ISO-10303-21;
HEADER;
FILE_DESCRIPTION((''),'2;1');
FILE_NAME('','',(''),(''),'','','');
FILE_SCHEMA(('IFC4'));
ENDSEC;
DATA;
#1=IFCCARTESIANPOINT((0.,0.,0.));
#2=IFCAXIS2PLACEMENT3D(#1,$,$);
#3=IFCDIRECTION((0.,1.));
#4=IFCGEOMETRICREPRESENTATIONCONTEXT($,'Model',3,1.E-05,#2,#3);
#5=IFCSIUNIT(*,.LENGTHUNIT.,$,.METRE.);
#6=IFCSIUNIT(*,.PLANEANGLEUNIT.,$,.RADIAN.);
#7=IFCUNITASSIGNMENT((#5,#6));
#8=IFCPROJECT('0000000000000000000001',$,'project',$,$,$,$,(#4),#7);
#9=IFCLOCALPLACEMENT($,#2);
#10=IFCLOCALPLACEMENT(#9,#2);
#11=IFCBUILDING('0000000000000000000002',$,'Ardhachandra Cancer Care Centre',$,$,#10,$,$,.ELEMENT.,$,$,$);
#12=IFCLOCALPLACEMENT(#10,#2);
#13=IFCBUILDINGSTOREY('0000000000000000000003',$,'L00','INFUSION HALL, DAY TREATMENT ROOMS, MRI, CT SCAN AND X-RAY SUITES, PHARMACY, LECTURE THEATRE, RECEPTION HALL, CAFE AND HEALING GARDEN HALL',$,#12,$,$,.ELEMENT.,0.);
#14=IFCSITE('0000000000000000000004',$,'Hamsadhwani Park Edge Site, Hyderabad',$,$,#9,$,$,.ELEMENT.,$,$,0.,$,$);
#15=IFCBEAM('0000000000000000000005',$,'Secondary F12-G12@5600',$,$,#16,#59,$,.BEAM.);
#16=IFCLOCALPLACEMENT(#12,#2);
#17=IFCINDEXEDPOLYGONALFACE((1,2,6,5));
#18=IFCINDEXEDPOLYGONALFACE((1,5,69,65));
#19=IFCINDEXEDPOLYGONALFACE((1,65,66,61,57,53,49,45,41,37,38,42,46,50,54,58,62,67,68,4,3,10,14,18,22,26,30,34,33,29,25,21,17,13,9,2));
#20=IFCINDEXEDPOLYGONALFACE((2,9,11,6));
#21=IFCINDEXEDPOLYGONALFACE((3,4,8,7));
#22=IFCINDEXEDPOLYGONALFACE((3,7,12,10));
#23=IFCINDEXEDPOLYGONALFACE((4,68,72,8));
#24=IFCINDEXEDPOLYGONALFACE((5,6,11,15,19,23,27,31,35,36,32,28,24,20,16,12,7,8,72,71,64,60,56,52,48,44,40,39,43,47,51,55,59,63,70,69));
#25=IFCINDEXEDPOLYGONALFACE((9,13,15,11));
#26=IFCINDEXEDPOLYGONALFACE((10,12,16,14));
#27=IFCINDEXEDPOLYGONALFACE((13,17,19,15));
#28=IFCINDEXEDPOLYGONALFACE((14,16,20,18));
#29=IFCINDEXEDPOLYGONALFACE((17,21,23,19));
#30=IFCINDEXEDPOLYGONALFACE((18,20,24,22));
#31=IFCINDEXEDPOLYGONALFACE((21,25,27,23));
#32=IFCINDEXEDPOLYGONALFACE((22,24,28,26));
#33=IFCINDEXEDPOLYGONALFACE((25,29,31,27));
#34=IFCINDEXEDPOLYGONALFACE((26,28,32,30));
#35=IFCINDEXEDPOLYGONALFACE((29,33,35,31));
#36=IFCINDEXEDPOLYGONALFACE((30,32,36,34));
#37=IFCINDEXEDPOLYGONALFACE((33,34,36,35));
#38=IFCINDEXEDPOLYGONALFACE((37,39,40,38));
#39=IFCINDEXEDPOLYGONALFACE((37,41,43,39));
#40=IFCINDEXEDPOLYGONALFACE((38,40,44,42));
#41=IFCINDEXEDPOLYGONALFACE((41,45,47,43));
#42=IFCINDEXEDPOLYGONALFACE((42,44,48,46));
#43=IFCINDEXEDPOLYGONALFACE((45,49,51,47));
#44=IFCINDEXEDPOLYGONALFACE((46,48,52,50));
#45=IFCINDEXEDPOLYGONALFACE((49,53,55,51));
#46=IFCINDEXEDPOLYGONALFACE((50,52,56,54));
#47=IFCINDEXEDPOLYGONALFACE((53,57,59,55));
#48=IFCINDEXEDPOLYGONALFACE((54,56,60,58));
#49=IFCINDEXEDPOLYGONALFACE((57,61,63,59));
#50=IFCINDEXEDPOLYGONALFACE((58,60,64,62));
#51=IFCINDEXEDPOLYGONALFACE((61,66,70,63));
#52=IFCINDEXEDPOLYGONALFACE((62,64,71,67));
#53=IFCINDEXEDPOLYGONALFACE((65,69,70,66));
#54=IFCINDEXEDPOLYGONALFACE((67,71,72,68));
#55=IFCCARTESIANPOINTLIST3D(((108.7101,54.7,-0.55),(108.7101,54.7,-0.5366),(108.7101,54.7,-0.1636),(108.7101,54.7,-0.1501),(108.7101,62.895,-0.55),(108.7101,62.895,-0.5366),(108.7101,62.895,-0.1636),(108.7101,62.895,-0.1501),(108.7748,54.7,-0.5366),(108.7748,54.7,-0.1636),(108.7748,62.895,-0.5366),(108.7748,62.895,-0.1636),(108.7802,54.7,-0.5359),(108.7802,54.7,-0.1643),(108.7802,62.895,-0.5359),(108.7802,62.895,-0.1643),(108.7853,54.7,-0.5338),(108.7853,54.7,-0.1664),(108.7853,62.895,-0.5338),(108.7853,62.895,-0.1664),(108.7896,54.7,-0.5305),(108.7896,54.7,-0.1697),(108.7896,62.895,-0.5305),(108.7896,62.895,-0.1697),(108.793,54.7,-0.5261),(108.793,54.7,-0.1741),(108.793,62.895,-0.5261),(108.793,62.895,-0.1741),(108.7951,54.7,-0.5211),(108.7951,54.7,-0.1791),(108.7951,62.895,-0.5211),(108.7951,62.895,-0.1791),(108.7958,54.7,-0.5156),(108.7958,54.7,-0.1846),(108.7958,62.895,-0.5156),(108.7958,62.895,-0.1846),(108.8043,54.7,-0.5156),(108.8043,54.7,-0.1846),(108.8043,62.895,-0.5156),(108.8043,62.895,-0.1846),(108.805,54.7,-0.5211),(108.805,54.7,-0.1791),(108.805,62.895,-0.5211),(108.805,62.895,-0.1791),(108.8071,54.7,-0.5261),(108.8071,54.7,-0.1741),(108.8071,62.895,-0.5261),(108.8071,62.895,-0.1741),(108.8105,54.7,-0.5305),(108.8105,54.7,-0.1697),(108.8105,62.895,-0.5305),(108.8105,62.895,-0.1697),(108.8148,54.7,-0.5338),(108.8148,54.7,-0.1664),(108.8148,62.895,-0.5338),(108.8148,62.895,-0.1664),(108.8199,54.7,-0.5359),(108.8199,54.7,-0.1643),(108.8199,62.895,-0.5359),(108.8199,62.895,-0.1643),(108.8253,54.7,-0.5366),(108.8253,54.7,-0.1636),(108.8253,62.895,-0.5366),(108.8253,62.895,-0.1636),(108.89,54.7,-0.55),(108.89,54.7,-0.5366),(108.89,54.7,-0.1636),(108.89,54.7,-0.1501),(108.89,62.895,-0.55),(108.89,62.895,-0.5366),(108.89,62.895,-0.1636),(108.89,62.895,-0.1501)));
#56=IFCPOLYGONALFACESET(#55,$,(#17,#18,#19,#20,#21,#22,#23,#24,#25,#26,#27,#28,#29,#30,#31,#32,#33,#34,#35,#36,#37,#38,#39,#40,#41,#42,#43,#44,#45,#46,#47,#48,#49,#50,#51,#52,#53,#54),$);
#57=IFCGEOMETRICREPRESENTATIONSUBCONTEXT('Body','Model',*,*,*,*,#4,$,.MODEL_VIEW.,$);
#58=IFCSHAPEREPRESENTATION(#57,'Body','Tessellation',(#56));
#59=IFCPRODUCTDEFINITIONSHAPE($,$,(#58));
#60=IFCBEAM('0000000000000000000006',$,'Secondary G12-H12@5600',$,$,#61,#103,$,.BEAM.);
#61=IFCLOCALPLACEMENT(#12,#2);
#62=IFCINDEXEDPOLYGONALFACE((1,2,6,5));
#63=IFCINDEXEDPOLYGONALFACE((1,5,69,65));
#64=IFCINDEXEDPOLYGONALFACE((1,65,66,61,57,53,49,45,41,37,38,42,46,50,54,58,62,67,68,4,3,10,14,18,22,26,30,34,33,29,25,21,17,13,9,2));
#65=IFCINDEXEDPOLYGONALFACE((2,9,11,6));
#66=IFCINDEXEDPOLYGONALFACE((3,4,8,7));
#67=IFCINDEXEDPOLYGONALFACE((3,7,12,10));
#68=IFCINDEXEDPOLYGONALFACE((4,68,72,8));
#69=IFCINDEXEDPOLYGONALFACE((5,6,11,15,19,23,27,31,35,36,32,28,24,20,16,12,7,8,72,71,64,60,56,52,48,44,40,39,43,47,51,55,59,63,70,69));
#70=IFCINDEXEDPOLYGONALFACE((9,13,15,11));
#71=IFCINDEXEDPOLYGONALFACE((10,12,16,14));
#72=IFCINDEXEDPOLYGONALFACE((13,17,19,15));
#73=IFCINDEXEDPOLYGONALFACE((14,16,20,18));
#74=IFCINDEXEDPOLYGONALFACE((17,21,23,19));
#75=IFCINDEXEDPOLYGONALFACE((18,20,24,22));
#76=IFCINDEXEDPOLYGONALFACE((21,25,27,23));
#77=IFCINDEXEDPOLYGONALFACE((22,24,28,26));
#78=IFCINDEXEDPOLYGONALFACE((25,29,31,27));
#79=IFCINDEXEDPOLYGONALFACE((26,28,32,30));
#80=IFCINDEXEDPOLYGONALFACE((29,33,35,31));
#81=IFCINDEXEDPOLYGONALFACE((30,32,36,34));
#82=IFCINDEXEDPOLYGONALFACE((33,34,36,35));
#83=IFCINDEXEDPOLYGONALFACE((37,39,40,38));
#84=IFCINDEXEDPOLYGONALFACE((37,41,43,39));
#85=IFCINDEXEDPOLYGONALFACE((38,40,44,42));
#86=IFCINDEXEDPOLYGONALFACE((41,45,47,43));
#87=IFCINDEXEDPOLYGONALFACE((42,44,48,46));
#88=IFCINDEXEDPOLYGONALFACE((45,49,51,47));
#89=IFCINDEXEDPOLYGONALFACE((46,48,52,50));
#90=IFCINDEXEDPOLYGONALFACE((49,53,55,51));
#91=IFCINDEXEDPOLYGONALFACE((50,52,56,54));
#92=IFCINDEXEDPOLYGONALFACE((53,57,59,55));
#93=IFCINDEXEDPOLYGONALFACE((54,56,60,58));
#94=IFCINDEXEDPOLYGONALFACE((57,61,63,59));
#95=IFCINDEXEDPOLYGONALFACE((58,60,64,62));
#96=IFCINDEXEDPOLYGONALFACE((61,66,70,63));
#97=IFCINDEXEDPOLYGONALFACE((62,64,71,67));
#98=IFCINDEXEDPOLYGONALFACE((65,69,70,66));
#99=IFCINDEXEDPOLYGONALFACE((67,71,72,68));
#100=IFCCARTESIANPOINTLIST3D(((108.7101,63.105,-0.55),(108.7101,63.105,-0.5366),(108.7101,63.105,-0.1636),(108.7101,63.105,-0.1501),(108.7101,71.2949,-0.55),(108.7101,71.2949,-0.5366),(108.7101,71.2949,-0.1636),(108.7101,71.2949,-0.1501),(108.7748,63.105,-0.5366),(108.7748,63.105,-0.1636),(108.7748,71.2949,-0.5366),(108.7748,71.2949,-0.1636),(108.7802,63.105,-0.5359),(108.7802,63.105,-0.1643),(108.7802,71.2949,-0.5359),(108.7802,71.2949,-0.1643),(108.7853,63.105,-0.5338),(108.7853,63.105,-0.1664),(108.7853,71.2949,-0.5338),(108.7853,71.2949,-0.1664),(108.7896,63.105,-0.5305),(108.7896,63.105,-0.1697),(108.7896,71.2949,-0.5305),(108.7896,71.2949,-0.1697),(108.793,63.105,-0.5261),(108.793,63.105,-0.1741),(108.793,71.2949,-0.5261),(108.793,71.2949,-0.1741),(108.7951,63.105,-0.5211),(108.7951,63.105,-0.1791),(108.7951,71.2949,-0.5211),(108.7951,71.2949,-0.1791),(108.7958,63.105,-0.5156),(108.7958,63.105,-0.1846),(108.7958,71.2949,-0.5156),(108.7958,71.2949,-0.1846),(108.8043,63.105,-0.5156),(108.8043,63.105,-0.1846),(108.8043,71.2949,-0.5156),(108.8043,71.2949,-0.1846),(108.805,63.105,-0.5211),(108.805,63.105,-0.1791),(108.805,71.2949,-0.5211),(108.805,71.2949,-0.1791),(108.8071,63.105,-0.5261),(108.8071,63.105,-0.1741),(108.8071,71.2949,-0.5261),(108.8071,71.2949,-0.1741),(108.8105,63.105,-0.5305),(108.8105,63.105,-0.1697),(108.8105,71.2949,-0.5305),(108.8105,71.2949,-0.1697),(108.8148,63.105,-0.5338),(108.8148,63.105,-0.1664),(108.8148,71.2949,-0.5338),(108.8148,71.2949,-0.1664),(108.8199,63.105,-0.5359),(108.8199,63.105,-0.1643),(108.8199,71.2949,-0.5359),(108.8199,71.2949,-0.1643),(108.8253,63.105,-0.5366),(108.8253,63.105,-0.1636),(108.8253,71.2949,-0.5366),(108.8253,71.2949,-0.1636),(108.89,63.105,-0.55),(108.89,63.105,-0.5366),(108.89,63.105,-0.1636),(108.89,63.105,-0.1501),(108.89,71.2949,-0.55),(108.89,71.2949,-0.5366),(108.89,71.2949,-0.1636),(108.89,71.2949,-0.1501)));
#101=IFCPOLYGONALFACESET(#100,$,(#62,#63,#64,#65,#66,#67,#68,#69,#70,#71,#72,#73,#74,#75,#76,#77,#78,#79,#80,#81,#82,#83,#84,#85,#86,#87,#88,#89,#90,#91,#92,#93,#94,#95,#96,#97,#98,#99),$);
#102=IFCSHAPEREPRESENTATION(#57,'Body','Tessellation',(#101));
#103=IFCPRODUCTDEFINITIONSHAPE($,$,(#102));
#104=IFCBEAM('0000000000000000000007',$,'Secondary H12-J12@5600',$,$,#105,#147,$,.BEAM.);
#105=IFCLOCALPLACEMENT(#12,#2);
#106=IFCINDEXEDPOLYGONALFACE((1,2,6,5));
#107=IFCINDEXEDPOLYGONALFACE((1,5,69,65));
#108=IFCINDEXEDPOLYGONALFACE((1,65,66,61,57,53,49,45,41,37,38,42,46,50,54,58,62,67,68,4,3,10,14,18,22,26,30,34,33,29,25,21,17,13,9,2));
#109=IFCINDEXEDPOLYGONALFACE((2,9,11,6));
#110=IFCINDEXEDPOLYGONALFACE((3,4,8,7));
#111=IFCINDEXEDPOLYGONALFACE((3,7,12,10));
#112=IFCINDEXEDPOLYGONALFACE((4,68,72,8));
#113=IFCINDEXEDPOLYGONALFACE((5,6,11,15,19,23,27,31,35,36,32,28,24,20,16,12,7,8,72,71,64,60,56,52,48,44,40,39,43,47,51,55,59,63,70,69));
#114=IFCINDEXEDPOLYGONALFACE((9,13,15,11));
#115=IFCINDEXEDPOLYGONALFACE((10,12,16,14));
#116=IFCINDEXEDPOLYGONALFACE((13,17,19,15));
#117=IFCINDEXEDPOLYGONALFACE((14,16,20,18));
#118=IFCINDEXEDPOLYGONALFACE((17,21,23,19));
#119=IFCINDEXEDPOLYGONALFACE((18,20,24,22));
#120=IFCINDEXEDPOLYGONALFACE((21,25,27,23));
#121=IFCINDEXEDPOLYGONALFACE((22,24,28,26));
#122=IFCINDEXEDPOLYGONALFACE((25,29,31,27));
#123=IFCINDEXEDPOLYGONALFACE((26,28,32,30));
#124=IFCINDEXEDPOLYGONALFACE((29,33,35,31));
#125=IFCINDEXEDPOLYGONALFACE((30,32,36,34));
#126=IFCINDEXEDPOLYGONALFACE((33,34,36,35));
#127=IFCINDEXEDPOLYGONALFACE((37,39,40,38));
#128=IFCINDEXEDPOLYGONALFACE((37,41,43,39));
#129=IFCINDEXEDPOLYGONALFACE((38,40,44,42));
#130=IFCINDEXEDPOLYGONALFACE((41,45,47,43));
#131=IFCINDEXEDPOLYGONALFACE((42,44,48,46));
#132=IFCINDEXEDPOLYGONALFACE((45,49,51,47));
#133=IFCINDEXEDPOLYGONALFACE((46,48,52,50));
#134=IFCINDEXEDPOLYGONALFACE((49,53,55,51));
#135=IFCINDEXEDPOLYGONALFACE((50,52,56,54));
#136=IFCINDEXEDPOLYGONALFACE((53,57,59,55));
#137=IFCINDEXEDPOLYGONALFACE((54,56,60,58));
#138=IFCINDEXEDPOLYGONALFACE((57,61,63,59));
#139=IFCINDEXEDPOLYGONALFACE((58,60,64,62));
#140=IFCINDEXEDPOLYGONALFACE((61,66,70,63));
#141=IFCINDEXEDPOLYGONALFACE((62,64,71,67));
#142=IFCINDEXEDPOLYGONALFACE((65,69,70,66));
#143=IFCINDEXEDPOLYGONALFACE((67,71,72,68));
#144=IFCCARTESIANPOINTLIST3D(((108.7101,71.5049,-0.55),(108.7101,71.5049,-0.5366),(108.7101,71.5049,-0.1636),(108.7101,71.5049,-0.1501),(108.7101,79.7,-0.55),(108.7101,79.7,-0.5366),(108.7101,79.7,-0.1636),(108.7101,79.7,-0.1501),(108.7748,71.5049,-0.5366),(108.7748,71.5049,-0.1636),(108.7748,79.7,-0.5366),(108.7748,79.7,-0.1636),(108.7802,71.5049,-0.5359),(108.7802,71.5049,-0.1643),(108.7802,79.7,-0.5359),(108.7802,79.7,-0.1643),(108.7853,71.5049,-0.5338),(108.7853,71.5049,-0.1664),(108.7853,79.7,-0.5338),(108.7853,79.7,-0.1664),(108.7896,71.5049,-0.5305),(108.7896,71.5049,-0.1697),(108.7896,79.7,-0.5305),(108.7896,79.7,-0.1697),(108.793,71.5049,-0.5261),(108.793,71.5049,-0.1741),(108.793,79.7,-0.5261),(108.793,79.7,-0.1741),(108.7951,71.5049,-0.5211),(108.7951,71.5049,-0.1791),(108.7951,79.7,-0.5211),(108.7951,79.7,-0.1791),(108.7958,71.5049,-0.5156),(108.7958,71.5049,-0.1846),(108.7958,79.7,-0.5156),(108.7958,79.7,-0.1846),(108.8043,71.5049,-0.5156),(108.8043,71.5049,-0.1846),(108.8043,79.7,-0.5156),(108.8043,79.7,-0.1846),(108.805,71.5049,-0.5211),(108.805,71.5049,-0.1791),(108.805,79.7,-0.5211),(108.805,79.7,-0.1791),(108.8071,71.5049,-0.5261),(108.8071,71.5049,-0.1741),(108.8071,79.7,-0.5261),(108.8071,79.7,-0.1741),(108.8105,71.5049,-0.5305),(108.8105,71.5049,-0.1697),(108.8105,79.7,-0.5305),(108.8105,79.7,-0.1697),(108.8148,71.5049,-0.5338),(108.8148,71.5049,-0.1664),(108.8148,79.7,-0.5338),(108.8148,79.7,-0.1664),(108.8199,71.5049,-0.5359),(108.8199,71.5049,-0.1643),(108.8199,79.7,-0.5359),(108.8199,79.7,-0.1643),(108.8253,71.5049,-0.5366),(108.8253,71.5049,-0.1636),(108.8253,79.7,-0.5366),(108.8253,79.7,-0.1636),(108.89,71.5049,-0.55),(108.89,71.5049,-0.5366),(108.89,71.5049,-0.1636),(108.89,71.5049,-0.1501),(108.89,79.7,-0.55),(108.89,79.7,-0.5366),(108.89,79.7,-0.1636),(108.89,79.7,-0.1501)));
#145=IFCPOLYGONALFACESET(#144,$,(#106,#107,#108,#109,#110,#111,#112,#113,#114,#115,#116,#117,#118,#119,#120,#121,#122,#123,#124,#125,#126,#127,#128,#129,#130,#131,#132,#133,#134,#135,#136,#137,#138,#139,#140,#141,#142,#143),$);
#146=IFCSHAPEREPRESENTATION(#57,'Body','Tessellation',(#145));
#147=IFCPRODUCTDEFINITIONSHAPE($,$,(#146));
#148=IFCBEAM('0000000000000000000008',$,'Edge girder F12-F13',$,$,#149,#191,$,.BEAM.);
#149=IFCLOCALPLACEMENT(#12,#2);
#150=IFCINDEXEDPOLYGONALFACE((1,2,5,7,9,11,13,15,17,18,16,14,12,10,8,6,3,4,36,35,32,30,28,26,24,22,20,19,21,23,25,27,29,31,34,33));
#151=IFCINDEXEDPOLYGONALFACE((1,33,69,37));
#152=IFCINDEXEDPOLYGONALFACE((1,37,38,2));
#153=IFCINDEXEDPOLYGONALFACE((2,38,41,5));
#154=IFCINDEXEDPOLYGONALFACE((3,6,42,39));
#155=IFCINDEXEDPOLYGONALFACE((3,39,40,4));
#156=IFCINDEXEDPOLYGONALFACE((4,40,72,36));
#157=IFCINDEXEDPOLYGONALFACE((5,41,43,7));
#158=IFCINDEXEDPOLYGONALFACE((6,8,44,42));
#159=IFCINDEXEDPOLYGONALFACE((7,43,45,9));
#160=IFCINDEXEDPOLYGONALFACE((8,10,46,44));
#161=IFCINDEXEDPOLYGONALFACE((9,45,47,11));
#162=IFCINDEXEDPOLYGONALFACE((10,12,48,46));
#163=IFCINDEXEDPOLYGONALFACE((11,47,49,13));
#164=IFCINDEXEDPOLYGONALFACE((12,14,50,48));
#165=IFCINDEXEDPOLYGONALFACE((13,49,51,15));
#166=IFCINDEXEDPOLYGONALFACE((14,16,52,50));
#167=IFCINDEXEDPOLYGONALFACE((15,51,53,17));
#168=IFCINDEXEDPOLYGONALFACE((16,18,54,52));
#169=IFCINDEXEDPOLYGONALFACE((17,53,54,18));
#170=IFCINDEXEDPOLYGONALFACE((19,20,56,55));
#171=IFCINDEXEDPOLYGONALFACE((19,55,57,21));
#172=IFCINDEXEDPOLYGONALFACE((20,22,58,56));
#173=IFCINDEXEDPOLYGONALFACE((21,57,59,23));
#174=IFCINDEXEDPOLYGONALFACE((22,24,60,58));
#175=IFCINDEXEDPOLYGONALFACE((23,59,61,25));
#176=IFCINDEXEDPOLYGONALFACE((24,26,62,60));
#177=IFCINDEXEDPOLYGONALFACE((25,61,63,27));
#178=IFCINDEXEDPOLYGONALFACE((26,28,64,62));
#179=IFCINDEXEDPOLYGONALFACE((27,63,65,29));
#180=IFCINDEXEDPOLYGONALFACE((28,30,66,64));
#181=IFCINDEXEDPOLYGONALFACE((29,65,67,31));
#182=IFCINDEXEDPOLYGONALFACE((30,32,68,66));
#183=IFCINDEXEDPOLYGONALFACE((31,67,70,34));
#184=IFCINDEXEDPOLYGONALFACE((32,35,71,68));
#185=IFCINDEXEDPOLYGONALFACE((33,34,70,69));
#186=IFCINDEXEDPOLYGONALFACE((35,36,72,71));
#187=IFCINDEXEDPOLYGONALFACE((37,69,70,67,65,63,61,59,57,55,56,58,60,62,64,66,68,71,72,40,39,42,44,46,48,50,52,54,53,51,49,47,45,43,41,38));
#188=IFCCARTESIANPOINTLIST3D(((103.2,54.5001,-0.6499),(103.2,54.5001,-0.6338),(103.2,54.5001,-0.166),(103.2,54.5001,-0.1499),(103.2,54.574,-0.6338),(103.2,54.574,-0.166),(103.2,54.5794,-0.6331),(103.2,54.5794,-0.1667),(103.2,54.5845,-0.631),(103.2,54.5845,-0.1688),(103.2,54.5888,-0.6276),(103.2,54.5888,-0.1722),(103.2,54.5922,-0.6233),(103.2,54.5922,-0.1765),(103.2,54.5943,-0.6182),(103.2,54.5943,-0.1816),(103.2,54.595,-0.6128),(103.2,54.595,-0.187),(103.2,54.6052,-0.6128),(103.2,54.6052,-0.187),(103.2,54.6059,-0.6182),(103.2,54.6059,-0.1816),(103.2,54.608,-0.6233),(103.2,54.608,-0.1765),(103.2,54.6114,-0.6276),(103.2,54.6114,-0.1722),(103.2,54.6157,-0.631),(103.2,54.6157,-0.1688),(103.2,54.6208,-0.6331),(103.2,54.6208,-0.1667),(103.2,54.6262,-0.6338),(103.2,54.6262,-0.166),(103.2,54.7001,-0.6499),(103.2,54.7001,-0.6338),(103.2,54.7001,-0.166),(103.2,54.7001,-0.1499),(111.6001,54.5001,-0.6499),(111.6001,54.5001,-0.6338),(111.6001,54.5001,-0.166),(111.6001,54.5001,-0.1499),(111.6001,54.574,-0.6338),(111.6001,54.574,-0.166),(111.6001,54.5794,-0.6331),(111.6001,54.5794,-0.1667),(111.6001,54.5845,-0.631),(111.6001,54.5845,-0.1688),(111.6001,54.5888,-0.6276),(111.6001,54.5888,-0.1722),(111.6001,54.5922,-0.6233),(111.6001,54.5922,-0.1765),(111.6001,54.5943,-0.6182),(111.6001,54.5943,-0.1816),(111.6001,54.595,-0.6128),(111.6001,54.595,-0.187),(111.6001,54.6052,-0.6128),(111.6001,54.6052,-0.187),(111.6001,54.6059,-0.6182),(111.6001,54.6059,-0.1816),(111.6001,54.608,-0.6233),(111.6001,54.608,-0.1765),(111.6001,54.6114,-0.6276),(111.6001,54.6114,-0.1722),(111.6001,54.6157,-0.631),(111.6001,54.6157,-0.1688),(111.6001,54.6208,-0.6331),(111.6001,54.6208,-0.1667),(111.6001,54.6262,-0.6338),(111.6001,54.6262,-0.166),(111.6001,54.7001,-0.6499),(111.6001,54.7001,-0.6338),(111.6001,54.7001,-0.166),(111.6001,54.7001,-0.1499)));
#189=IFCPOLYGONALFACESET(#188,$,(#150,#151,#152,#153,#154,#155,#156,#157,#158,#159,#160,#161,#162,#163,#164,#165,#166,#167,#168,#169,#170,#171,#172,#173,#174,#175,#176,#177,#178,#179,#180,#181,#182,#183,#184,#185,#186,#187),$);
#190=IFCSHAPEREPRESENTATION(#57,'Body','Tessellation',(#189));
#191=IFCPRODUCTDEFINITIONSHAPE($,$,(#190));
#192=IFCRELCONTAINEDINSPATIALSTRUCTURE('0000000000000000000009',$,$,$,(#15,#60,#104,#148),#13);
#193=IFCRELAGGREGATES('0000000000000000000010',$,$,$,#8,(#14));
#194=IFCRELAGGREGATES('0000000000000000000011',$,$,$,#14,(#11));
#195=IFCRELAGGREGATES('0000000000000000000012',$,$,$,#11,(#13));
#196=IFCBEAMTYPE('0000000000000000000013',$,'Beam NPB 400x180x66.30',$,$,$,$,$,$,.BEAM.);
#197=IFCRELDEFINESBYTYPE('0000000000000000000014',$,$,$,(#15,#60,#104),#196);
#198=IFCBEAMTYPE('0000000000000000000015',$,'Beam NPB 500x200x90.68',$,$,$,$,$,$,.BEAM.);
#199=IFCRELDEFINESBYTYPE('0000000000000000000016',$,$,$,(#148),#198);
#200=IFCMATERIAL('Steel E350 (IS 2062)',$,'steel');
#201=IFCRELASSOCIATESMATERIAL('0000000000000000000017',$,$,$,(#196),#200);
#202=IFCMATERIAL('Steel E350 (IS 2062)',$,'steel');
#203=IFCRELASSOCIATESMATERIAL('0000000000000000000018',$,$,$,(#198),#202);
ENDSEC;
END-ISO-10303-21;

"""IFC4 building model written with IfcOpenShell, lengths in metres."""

from ifc_helpers import new_model, si_unit, direction, frame, origin, origin_2d, place, context, subcontext, project, spatial, i_section, extrude, material, material_profile, profile_set, type_object, element, save


model = new_model("IFC4")

# Units and contexts
model_context = context("Model", 3, precision=1e-05, world=origin(), true_north=direction((0.0, 1.0)))
body_context = subcontext(model_context, "Body", "Model", "MODEL_VIEW")
ifc_project = project(units=[si_unit("LENGTHUNIT", "METRE"), si_unit("PLANEANGLEUNIT", "RADIAN")], contexts=[model_context])

# Site, building, storey
site_placement = place(None, origin())
site = spatial("IfcSite", under=ifc_project, at=site_placement, Name="Hamsadhwani Park Edge Site, Hyderabad", CompositionType="ELEMENT", RefElevation=0.0)
building_placement = place(site_placement, origin())
building = spatial("IfcBuilding", under=site, at=building_placement, Name="Ardhachandra Cancer Care Centre", CompositionType="ELEMENT")
storey_placement = place(building_placement, origin())
storey = spatial("IfcBuildingStorey", under=building, at=storey_placement, Name="L00", Description="INFUSION HALL, DAY TREATMENT ROOMS, MRI, CT SCAN AND X-RAY SUITES, PHARMACY, LECTURE THEATRE, RECEPTION HALL, CAFE AND HEALING GARDEN HALL", CompositionType="ELEMENT", Elevation=0.0)

# Beams
ifc_material_1 = material(Name="Steel E350 (IS 2062)", Category="steel")
ifc_material_profile_1 = material_profile(ifc_material_1, i_section(OverallWidth=0.1799, OverallDepth=0.3999, WebThickness=0.0085, FlangeThickness=0.0134, FilletRadius=0.021, at=origin_2d()), Name="NPB 400x180x66.30")
ifc_profile_set_1 = profile_set([ifc_material_profile_1], Name="Steel E350 (IS 2062)")
beam_type_1 = type_object("IfcBeamType", Name="Beam NPB 400x180x66.30", PredefinedType="BEAM", material=ifc_profile_set_1)
for number, where, z_axis, x_axis, name in (
    (1, (108.8, 54.7, -0.3501), (0.0, 1.0, 0.0), (-1.0, 0.0, 0.0), "Secondary F12-G12@5600"),
):
    element("IfcBeam", number, at=place(storey_placement, frame(where, z_axis=z_axis, x_axis=x_axis)), inside=storey, type_object=beam_type_1, Name=name, PredefinedType="BEAM", context=body_context, shape_type="SweptSolid", body=[
        extrude(i_section(OverallWidth=0.1799, OverallDepth=0.3999, WebThickness=0.0085, FlangeThickness=0.0134, FilletRadius=0.021, at=origin_2d()), origin(), (0.0, 0.0, 1.0), 8.1951),
    ])
beam_1_placement = place(storey_placement, frame((108.8, 63.105, -0.3501), z_axis=(0.0, 1.0, 0.0), x_axis=(-1.0, 0.0, 0.0)))
element("IfcBeam", 2, at=beam_1_placement, inside=storey, type_object=beam_type_1, Name="Secondary G12-H12@5600", PredefinedType="BEAM", context=body_context, shape_type="SweptSolid", body=[
    extrude(i_section(OverallWidth=0.1799, OverallDepth=0.3999, WebThickness=0.0085, FlangeThickness=0.0134, FilletRadius=0.021, at=origin_2d()), origin(), (0.0, 0.0, 1.0), 8.1899),
])
beam_2_placement = place(storey_placement, frame((108.8, 71.5049, -0.3501), z_axis=(0.0, 1.0, 0.0), x_axis=(-1.0, 0.0, 0.0)))
element("IfcBeam", 3, at=beam_2_placement, inside=storey, type_object=beam_type_1, Name="Secondary H12-J12@5600", PredefinedType="BEAM", context=body_context, shape_type="SweptSolid", body=[
    extrude(i_section(OverallWidth=0.1799, OverallDepth=0.3999, WebThickness=0.0085, FlangeThickness=0.0134, FilletRadius=0.021, at=origin_2d()), origin(), (0.0, 0.0, 1.0), 8.1951),
])
ifc_material_2 = material(Name="Steel E350 (IS 2062)", Category="steel")
ifc_material_profile_2 = material_profile(ifc_material_2, i_section(OverallWidth=0.2, OverallDepth=0.5, WebThickness=0.0103, FlangeThickness=0.0161, FilletRadius=0.021, at=origin_2d()), Name="NPB 500x200x90.68")
ifc_profile_set_2 = profile_set([ifc_material_profile_2], Name="Steel E350 (IS 2062)")
beam_type_2 = type_object("IfcBeamType", Name="Beam NPB 500x200x90.68", PredefinedType="BEAM", material=ifc_profile_set_2)
beam_3_placement = place(storey_placement, frame((103.2, 54.6001, -0.3999), z_axis=(1.0, 0.0, 0.0), x_axis=(0.0, 1.0, 0.0)))
element("IfcBeam", 4, at=beam_3_placement, inside=storey, type_object=beam_type_2, Name="Edge girder F12-F13", PredefinedType="BEAM", context=body_context, shape_type="SweptSolid", body=[
    extrude(i_section(OverallWidth=0.2, OverallDepth=0.5, WebThickness=0.0103, FlangeThickness=0.0161, FilletRadius=0.021, at=origin_2d()), origin(), (0.0, 0.0, 1.0), 8.4001),
])

save(model, "model.ifc")
